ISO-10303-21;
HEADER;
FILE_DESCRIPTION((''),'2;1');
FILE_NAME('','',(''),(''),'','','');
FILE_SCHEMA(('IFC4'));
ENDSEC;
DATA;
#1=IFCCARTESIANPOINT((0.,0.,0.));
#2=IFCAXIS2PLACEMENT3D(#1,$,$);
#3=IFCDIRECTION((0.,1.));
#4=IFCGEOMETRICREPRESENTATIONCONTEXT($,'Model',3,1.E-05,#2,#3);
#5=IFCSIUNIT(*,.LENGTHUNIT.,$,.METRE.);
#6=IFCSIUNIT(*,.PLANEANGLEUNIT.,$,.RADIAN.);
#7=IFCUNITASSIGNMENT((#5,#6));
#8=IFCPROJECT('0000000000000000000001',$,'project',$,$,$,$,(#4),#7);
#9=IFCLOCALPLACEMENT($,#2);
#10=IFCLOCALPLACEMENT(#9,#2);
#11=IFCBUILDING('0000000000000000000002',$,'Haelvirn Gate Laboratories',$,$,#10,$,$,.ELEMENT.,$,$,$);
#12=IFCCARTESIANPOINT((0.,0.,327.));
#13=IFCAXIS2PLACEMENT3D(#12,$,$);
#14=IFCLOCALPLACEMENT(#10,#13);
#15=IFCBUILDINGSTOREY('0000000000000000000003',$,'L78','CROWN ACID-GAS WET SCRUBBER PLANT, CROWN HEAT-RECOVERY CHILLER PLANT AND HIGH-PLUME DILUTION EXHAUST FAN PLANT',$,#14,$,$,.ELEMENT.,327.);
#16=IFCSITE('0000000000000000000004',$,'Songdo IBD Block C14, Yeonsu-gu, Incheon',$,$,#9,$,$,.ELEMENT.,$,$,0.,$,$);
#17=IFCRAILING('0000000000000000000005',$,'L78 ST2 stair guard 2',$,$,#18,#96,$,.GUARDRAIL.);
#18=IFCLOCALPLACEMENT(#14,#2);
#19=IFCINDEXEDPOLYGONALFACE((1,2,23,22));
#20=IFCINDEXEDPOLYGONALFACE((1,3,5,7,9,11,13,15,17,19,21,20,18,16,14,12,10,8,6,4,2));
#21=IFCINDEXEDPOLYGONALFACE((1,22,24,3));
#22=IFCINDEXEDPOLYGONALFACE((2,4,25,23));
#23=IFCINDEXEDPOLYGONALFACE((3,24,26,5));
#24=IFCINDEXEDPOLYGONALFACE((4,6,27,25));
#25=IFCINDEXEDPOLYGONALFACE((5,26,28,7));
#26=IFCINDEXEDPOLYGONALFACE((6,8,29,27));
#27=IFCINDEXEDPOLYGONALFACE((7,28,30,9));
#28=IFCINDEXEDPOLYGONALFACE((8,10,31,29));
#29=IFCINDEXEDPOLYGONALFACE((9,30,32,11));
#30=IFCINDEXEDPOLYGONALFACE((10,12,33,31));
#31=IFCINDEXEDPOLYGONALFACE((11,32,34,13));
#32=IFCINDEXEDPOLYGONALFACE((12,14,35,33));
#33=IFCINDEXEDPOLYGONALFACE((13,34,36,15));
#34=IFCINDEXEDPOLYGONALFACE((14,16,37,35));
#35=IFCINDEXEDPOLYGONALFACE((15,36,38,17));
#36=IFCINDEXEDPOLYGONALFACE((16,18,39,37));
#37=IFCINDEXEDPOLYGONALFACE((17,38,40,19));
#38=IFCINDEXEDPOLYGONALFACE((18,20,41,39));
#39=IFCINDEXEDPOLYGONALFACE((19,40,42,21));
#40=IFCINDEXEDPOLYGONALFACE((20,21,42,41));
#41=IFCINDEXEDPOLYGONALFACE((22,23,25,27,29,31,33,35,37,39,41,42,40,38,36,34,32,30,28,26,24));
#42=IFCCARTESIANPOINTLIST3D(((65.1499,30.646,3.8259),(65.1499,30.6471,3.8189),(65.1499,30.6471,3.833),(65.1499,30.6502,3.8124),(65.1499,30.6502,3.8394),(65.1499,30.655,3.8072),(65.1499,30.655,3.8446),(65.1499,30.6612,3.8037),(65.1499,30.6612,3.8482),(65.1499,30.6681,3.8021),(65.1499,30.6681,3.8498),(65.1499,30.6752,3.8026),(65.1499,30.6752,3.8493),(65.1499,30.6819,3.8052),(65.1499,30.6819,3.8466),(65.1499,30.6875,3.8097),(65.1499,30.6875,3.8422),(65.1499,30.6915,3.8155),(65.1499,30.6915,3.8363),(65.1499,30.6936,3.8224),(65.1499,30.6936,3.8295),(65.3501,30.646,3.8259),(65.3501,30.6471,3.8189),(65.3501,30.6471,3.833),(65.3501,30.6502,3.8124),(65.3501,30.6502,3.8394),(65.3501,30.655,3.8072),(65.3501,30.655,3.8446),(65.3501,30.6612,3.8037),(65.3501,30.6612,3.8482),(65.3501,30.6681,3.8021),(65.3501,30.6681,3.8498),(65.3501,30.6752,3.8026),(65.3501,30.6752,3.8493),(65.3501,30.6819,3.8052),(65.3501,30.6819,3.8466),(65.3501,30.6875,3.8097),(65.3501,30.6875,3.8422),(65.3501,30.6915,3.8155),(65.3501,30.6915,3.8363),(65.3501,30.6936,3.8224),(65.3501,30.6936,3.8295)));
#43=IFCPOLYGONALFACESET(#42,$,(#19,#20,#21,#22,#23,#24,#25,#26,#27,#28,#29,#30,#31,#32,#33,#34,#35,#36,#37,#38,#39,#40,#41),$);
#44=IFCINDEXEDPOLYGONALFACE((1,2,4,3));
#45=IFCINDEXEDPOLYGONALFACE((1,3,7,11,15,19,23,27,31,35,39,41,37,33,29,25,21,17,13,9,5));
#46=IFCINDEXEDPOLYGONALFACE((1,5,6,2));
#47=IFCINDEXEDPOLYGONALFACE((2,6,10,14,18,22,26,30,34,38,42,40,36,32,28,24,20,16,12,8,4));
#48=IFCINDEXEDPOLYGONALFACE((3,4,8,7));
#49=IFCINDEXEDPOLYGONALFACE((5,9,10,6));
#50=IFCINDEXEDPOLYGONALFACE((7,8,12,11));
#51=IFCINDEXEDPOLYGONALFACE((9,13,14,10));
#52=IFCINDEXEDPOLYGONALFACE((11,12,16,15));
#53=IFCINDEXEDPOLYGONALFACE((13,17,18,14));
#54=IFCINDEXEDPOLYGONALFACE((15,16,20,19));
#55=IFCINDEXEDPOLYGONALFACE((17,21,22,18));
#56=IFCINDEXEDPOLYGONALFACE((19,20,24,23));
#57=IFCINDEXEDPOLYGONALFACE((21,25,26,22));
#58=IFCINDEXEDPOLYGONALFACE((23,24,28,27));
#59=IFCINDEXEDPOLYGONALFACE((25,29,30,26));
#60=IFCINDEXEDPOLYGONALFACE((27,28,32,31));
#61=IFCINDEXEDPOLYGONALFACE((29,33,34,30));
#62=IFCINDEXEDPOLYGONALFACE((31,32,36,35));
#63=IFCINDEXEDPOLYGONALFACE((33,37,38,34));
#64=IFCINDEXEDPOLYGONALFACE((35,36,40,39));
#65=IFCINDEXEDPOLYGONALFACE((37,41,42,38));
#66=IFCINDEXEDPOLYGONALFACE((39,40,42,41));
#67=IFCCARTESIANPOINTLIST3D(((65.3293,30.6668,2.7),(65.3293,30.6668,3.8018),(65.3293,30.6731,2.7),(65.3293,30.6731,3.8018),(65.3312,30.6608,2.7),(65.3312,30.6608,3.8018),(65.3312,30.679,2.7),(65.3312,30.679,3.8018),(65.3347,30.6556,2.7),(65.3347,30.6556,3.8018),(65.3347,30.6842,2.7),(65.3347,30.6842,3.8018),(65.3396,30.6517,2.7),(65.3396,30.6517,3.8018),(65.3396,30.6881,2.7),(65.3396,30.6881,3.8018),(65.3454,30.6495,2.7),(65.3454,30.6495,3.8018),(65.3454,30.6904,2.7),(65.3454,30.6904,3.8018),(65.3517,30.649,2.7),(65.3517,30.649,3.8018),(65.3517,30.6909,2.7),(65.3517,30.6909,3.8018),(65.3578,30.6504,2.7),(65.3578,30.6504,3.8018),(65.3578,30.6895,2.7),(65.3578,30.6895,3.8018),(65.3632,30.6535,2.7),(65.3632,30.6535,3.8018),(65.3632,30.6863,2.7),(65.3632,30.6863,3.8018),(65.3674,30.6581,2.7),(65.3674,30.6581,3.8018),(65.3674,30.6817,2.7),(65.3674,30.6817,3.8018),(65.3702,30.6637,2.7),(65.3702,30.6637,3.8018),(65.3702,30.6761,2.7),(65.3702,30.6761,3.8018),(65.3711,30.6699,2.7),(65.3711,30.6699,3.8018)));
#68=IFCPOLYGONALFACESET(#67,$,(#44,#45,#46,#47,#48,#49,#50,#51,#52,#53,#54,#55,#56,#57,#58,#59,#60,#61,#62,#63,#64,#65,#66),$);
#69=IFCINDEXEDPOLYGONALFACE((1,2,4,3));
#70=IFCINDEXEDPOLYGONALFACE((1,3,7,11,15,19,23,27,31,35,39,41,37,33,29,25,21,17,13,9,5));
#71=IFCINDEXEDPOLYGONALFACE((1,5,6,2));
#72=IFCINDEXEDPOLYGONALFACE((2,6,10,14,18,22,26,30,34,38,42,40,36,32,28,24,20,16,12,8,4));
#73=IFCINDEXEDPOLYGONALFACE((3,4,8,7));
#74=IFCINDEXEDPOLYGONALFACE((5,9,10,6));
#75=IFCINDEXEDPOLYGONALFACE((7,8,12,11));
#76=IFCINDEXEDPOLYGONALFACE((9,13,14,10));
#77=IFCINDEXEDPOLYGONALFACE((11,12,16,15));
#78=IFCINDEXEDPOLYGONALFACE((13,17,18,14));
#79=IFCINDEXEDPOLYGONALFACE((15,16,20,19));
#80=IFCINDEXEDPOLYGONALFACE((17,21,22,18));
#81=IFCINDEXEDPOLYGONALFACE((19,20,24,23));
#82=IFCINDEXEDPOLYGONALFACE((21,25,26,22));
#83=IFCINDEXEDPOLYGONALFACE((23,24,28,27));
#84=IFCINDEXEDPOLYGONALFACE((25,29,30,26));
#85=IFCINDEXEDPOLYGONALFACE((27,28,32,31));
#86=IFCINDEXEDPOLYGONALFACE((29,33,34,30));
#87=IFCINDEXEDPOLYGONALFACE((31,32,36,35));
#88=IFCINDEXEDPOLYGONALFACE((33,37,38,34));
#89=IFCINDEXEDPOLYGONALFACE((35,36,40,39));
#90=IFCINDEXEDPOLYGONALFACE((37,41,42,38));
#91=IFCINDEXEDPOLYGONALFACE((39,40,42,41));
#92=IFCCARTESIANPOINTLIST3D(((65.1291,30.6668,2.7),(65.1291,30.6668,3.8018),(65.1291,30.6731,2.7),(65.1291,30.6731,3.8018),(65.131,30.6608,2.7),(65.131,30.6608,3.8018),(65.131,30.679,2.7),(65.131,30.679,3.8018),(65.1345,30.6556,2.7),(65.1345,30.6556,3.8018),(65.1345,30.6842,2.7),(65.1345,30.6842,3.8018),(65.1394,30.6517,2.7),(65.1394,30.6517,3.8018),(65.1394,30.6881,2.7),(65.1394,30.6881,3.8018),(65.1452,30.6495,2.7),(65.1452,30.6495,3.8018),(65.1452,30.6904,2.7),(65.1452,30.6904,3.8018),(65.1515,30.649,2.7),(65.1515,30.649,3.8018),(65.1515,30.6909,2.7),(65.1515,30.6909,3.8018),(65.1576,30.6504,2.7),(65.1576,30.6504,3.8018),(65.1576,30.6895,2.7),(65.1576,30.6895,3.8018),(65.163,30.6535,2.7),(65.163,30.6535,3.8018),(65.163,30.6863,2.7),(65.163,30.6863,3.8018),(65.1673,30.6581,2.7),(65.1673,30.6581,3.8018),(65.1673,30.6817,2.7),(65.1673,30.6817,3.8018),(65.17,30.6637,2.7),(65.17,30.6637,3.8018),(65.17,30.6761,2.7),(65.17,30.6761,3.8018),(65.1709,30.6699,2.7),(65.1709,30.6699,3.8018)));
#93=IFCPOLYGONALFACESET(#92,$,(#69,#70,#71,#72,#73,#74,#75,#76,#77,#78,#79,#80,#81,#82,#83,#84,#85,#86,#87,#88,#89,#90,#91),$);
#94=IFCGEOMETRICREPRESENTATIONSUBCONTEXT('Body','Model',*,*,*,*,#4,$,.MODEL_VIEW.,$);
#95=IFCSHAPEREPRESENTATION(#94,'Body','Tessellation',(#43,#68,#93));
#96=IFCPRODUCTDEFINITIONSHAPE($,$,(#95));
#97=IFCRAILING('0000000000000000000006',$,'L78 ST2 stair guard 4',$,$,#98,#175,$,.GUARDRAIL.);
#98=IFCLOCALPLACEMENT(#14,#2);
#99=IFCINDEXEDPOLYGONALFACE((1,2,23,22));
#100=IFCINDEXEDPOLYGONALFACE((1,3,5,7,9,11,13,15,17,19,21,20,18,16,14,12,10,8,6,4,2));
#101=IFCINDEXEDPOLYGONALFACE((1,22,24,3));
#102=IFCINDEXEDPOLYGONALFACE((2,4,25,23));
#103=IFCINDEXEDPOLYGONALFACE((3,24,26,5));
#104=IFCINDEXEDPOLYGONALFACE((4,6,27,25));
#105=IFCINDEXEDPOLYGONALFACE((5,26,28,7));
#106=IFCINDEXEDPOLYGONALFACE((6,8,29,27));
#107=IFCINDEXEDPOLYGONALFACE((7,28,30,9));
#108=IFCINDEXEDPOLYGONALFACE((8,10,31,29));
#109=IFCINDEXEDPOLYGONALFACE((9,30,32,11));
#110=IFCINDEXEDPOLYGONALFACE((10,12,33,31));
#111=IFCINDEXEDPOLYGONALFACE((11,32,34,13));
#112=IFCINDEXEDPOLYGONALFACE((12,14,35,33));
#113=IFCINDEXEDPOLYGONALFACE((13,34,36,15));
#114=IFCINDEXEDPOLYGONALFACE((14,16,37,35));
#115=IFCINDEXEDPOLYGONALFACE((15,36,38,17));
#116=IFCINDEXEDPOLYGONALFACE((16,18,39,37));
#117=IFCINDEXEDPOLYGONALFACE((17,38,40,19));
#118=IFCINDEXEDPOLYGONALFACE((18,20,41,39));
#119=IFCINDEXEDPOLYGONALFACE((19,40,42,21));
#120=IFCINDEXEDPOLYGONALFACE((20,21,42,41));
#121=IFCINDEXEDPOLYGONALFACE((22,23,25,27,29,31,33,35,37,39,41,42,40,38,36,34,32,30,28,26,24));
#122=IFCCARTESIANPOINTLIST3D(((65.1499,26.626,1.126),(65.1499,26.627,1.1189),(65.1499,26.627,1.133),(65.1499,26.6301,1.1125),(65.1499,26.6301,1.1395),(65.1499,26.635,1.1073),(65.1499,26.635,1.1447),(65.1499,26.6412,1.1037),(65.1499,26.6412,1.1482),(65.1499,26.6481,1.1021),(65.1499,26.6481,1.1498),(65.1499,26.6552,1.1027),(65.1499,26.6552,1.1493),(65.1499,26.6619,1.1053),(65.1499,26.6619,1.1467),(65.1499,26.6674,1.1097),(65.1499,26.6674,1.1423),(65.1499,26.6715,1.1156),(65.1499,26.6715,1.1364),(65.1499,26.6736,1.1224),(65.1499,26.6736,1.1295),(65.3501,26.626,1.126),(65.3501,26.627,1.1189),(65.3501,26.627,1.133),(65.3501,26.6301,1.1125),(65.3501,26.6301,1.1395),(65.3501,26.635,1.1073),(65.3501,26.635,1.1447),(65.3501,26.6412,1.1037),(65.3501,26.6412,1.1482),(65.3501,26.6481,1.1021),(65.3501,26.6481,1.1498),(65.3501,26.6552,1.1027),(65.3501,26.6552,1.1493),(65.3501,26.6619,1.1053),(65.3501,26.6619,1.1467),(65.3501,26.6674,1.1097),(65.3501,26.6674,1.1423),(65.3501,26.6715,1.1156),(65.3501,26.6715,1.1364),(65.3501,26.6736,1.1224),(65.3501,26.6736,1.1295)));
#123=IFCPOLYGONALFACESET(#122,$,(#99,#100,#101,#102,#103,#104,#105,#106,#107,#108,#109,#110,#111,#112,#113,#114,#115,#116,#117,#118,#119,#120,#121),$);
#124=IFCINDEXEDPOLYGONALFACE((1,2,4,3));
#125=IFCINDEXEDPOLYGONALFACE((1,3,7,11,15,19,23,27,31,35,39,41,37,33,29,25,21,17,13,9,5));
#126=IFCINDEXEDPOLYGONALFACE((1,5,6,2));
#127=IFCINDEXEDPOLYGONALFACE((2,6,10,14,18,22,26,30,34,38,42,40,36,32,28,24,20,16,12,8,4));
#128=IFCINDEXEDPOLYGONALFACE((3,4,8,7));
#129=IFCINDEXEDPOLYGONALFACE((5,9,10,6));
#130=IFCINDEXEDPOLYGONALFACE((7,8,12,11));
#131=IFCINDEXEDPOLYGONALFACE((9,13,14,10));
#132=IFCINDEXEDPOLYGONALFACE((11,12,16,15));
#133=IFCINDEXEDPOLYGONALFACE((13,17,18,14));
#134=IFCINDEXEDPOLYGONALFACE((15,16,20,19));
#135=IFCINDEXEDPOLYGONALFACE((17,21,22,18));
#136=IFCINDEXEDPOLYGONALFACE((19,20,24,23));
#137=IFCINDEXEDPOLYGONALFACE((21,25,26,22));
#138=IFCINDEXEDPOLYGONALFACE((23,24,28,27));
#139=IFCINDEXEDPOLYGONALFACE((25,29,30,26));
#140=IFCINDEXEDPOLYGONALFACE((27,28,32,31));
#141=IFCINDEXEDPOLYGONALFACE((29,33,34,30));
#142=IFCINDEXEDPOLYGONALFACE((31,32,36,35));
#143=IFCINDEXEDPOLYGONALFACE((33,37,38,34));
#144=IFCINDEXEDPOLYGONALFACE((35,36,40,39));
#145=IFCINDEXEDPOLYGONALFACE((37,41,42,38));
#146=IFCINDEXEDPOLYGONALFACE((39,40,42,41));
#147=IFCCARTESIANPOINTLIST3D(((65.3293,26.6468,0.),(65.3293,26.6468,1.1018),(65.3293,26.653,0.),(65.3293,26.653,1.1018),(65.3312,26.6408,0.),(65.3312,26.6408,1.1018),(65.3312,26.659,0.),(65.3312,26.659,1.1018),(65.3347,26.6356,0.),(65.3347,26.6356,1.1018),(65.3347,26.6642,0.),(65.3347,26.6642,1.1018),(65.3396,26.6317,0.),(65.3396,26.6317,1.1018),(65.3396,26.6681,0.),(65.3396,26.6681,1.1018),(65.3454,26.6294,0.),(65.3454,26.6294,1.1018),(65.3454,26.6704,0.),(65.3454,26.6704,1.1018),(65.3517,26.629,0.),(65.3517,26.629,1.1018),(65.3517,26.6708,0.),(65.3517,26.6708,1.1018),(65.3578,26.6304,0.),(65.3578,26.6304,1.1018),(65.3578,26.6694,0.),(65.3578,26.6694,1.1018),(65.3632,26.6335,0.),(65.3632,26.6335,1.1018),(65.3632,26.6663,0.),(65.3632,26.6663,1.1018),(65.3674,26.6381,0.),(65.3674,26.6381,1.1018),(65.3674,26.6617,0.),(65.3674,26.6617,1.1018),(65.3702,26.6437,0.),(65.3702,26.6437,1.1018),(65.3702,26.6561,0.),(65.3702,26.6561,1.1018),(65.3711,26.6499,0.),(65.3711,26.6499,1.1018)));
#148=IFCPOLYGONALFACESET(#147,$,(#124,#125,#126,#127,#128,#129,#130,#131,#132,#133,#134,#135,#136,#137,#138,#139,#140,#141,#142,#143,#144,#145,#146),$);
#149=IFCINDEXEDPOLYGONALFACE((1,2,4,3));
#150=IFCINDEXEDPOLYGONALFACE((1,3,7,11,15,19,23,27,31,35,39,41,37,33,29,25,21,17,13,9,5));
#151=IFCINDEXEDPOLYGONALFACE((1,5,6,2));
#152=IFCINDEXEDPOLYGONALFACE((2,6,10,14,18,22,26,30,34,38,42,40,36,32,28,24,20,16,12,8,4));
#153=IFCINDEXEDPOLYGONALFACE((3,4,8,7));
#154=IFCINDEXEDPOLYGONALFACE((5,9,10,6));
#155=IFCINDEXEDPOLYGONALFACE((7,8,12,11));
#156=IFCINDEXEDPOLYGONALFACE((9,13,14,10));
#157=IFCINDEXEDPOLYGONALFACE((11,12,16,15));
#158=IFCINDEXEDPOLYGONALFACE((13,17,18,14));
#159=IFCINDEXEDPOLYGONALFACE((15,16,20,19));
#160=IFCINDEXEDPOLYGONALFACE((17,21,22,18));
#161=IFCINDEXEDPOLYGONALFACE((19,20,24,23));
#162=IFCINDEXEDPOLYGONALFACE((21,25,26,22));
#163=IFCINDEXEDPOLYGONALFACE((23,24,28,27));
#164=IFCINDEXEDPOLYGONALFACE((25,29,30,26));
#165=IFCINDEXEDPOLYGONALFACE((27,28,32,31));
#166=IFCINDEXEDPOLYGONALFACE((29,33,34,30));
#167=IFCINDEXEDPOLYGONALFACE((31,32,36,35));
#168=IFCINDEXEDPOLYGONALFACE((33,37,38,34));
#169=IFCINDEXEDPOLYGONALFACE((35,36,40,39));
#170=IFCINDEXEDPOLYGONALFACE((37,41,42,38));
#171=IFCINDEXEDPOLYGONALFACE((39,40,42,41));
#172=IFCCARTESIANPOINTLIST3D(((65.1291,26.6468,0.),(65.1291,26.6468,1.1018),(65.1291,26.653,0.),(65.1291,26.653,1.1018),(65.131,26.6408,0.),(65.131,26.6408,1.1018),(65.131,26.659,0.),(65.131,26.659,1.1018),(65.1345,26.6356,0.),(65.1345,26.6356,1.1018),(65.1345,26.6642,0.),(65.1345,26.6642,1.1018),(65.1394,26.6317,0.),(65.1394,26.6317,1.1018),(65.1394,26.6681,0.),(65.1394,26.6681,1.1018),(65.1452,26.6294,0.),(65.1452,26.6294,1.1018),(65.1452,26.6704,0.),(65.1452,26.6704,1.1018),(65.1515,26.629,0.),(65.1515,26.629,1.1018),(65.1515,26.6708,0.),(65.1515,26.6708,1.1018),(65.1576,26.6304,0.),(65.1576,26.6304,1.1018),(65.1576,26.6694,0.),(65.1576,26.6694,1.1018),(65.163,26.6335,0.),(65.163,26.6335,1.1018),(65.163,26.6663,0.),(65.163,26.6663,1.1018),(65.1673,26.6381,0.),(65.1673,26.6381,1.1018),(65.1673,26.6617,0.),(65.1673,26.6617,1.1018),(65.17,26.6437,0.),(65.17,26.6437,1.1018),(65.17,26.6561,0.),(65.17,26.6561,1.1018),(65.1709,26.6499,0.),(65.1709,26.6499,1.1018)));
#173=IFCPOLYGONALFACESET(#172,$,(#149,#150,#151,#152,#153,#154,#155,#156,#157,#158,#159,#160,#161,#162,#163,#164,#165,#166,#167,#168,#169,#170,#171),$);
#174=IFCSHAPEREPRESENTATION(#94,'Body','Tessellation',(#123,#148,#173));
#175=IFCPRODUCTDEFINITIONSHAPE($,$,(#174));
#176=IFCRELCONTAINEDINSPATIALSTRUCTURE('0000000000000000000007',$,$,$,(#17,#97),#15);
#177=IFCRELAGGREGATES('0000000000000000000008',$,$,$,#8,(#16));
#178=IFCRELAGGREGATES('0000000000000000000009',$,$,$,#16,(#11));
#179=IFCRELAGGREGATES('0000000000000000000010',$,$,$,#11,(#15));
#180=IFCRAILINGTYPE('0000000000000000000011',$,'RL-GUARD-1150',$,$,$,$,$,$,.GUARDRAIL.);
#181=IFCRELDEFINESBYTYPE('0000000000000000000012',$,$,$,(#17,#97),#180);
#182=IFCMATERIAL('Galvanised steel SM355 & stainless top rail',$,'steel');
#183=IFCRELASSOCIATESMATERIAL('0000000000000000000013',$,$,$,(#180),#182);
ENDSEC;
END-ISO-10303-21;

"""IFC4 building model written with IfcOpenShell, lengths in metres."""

from ifc_helpers import new_model, si_unit, direction, frame, origin, origin_2d, place, context, subcontext, project, spatial, circle, extrude, source, transform, mapped, material, type_object, element, save


model = new_model("IFC4")

# Units and contexts
model_context = context("Model", 3, precision=1e-05, world=origin(), true_north=direction((0.0, 1.0)))
body_context = subcontext(model_context, "Body", "Model", "MODEL_VIEW")
ifc_project = project(units=[si_unit("LENGTHUNIT", "METRE"), si_unit("PLANEANGLEUNIT", "RADIAN")], contexts=[model_context])

# Site, building, storey
site_placement = place(None, origin())
site = spatial("IfcSite", under=ifc_project, at=site_placement, Name="Songdo IBD Block C14, Yeonsu-gu, Incheon", CompositionType="ELEMENT", RefElevation=0.0)
building_placement = place(site_placement, origin())
building = spatial("IfcBuilding", under=site, at=building_placement, Name="Haelvirn Gate Laboratories", CompositionType="ELEMENT")
storey_placement = place(building_placement, frame((0.0, 0.0, 327.0)))
storey = spatial("IfcBuildingStorey", under=building, at=storey_placement, Name="L78", Description="CROWN ACID-GAS WET SCRUBBER PLANT, CROWN HEAT-RECOVERY CHILLER PLANT AND HIGH-PLUME DILUTION EXHAUST FAN PLANT", CompositionType="ELEMENT", Elevation=327.0)

# Railings
ifc_material_1 = material(Name="Galvanised steel SM355 & stainless top rail", Category="steel")
railing_type_1 = type_object("IfcRailingType", Name="RL-GUARD-1150", PredefinedType="GUARDRAIL", material=ifc_material_1)
shared_shape_1 = source(origin(), body_context, "Body", "SweptSolid", [
    extrude(circle(Radius=0.0239, at=origin_2d()), frame((0.0, 0.0, 1.126), z_axis=(-1.0, 0.0, 0.0), x_axis=(0.0, -1.0, 0.0)), (0.0, 0.0, 1.0), 0.2002),
    extrude(circle(Radius=0.021, at=origin_2d()), origin(), (0.0, 0.0, 1.0), 1.1018),
    extrude(circle(Radius=0.021, at=origin_2d()), frame((-0.2002, 0.0, 0.0)), (0.0, 0.0, 1.0), 1.1018),
])
for number, where, name in (
    (1, (65.3501, 30.6699, 2.7), "L78 ST2 stair guard 2"),
    (2, (65.3501, 26.6499, 0.0), "L78 ST2 stair guard 4"),
):
    element("IfcRailing", number, at=place(storey_placement, frame(where)), inside=storey, type_object=railing_type_1, Name=name, PredefinedType="GUARDRAIL", context=body_context, shape_type="MappedRepresentation", body=[
        mapped(shared_shape_1, transform((0.0, 0.0, 0.0), scale=1.0)),
    ])

save(model, "model.ifc")
